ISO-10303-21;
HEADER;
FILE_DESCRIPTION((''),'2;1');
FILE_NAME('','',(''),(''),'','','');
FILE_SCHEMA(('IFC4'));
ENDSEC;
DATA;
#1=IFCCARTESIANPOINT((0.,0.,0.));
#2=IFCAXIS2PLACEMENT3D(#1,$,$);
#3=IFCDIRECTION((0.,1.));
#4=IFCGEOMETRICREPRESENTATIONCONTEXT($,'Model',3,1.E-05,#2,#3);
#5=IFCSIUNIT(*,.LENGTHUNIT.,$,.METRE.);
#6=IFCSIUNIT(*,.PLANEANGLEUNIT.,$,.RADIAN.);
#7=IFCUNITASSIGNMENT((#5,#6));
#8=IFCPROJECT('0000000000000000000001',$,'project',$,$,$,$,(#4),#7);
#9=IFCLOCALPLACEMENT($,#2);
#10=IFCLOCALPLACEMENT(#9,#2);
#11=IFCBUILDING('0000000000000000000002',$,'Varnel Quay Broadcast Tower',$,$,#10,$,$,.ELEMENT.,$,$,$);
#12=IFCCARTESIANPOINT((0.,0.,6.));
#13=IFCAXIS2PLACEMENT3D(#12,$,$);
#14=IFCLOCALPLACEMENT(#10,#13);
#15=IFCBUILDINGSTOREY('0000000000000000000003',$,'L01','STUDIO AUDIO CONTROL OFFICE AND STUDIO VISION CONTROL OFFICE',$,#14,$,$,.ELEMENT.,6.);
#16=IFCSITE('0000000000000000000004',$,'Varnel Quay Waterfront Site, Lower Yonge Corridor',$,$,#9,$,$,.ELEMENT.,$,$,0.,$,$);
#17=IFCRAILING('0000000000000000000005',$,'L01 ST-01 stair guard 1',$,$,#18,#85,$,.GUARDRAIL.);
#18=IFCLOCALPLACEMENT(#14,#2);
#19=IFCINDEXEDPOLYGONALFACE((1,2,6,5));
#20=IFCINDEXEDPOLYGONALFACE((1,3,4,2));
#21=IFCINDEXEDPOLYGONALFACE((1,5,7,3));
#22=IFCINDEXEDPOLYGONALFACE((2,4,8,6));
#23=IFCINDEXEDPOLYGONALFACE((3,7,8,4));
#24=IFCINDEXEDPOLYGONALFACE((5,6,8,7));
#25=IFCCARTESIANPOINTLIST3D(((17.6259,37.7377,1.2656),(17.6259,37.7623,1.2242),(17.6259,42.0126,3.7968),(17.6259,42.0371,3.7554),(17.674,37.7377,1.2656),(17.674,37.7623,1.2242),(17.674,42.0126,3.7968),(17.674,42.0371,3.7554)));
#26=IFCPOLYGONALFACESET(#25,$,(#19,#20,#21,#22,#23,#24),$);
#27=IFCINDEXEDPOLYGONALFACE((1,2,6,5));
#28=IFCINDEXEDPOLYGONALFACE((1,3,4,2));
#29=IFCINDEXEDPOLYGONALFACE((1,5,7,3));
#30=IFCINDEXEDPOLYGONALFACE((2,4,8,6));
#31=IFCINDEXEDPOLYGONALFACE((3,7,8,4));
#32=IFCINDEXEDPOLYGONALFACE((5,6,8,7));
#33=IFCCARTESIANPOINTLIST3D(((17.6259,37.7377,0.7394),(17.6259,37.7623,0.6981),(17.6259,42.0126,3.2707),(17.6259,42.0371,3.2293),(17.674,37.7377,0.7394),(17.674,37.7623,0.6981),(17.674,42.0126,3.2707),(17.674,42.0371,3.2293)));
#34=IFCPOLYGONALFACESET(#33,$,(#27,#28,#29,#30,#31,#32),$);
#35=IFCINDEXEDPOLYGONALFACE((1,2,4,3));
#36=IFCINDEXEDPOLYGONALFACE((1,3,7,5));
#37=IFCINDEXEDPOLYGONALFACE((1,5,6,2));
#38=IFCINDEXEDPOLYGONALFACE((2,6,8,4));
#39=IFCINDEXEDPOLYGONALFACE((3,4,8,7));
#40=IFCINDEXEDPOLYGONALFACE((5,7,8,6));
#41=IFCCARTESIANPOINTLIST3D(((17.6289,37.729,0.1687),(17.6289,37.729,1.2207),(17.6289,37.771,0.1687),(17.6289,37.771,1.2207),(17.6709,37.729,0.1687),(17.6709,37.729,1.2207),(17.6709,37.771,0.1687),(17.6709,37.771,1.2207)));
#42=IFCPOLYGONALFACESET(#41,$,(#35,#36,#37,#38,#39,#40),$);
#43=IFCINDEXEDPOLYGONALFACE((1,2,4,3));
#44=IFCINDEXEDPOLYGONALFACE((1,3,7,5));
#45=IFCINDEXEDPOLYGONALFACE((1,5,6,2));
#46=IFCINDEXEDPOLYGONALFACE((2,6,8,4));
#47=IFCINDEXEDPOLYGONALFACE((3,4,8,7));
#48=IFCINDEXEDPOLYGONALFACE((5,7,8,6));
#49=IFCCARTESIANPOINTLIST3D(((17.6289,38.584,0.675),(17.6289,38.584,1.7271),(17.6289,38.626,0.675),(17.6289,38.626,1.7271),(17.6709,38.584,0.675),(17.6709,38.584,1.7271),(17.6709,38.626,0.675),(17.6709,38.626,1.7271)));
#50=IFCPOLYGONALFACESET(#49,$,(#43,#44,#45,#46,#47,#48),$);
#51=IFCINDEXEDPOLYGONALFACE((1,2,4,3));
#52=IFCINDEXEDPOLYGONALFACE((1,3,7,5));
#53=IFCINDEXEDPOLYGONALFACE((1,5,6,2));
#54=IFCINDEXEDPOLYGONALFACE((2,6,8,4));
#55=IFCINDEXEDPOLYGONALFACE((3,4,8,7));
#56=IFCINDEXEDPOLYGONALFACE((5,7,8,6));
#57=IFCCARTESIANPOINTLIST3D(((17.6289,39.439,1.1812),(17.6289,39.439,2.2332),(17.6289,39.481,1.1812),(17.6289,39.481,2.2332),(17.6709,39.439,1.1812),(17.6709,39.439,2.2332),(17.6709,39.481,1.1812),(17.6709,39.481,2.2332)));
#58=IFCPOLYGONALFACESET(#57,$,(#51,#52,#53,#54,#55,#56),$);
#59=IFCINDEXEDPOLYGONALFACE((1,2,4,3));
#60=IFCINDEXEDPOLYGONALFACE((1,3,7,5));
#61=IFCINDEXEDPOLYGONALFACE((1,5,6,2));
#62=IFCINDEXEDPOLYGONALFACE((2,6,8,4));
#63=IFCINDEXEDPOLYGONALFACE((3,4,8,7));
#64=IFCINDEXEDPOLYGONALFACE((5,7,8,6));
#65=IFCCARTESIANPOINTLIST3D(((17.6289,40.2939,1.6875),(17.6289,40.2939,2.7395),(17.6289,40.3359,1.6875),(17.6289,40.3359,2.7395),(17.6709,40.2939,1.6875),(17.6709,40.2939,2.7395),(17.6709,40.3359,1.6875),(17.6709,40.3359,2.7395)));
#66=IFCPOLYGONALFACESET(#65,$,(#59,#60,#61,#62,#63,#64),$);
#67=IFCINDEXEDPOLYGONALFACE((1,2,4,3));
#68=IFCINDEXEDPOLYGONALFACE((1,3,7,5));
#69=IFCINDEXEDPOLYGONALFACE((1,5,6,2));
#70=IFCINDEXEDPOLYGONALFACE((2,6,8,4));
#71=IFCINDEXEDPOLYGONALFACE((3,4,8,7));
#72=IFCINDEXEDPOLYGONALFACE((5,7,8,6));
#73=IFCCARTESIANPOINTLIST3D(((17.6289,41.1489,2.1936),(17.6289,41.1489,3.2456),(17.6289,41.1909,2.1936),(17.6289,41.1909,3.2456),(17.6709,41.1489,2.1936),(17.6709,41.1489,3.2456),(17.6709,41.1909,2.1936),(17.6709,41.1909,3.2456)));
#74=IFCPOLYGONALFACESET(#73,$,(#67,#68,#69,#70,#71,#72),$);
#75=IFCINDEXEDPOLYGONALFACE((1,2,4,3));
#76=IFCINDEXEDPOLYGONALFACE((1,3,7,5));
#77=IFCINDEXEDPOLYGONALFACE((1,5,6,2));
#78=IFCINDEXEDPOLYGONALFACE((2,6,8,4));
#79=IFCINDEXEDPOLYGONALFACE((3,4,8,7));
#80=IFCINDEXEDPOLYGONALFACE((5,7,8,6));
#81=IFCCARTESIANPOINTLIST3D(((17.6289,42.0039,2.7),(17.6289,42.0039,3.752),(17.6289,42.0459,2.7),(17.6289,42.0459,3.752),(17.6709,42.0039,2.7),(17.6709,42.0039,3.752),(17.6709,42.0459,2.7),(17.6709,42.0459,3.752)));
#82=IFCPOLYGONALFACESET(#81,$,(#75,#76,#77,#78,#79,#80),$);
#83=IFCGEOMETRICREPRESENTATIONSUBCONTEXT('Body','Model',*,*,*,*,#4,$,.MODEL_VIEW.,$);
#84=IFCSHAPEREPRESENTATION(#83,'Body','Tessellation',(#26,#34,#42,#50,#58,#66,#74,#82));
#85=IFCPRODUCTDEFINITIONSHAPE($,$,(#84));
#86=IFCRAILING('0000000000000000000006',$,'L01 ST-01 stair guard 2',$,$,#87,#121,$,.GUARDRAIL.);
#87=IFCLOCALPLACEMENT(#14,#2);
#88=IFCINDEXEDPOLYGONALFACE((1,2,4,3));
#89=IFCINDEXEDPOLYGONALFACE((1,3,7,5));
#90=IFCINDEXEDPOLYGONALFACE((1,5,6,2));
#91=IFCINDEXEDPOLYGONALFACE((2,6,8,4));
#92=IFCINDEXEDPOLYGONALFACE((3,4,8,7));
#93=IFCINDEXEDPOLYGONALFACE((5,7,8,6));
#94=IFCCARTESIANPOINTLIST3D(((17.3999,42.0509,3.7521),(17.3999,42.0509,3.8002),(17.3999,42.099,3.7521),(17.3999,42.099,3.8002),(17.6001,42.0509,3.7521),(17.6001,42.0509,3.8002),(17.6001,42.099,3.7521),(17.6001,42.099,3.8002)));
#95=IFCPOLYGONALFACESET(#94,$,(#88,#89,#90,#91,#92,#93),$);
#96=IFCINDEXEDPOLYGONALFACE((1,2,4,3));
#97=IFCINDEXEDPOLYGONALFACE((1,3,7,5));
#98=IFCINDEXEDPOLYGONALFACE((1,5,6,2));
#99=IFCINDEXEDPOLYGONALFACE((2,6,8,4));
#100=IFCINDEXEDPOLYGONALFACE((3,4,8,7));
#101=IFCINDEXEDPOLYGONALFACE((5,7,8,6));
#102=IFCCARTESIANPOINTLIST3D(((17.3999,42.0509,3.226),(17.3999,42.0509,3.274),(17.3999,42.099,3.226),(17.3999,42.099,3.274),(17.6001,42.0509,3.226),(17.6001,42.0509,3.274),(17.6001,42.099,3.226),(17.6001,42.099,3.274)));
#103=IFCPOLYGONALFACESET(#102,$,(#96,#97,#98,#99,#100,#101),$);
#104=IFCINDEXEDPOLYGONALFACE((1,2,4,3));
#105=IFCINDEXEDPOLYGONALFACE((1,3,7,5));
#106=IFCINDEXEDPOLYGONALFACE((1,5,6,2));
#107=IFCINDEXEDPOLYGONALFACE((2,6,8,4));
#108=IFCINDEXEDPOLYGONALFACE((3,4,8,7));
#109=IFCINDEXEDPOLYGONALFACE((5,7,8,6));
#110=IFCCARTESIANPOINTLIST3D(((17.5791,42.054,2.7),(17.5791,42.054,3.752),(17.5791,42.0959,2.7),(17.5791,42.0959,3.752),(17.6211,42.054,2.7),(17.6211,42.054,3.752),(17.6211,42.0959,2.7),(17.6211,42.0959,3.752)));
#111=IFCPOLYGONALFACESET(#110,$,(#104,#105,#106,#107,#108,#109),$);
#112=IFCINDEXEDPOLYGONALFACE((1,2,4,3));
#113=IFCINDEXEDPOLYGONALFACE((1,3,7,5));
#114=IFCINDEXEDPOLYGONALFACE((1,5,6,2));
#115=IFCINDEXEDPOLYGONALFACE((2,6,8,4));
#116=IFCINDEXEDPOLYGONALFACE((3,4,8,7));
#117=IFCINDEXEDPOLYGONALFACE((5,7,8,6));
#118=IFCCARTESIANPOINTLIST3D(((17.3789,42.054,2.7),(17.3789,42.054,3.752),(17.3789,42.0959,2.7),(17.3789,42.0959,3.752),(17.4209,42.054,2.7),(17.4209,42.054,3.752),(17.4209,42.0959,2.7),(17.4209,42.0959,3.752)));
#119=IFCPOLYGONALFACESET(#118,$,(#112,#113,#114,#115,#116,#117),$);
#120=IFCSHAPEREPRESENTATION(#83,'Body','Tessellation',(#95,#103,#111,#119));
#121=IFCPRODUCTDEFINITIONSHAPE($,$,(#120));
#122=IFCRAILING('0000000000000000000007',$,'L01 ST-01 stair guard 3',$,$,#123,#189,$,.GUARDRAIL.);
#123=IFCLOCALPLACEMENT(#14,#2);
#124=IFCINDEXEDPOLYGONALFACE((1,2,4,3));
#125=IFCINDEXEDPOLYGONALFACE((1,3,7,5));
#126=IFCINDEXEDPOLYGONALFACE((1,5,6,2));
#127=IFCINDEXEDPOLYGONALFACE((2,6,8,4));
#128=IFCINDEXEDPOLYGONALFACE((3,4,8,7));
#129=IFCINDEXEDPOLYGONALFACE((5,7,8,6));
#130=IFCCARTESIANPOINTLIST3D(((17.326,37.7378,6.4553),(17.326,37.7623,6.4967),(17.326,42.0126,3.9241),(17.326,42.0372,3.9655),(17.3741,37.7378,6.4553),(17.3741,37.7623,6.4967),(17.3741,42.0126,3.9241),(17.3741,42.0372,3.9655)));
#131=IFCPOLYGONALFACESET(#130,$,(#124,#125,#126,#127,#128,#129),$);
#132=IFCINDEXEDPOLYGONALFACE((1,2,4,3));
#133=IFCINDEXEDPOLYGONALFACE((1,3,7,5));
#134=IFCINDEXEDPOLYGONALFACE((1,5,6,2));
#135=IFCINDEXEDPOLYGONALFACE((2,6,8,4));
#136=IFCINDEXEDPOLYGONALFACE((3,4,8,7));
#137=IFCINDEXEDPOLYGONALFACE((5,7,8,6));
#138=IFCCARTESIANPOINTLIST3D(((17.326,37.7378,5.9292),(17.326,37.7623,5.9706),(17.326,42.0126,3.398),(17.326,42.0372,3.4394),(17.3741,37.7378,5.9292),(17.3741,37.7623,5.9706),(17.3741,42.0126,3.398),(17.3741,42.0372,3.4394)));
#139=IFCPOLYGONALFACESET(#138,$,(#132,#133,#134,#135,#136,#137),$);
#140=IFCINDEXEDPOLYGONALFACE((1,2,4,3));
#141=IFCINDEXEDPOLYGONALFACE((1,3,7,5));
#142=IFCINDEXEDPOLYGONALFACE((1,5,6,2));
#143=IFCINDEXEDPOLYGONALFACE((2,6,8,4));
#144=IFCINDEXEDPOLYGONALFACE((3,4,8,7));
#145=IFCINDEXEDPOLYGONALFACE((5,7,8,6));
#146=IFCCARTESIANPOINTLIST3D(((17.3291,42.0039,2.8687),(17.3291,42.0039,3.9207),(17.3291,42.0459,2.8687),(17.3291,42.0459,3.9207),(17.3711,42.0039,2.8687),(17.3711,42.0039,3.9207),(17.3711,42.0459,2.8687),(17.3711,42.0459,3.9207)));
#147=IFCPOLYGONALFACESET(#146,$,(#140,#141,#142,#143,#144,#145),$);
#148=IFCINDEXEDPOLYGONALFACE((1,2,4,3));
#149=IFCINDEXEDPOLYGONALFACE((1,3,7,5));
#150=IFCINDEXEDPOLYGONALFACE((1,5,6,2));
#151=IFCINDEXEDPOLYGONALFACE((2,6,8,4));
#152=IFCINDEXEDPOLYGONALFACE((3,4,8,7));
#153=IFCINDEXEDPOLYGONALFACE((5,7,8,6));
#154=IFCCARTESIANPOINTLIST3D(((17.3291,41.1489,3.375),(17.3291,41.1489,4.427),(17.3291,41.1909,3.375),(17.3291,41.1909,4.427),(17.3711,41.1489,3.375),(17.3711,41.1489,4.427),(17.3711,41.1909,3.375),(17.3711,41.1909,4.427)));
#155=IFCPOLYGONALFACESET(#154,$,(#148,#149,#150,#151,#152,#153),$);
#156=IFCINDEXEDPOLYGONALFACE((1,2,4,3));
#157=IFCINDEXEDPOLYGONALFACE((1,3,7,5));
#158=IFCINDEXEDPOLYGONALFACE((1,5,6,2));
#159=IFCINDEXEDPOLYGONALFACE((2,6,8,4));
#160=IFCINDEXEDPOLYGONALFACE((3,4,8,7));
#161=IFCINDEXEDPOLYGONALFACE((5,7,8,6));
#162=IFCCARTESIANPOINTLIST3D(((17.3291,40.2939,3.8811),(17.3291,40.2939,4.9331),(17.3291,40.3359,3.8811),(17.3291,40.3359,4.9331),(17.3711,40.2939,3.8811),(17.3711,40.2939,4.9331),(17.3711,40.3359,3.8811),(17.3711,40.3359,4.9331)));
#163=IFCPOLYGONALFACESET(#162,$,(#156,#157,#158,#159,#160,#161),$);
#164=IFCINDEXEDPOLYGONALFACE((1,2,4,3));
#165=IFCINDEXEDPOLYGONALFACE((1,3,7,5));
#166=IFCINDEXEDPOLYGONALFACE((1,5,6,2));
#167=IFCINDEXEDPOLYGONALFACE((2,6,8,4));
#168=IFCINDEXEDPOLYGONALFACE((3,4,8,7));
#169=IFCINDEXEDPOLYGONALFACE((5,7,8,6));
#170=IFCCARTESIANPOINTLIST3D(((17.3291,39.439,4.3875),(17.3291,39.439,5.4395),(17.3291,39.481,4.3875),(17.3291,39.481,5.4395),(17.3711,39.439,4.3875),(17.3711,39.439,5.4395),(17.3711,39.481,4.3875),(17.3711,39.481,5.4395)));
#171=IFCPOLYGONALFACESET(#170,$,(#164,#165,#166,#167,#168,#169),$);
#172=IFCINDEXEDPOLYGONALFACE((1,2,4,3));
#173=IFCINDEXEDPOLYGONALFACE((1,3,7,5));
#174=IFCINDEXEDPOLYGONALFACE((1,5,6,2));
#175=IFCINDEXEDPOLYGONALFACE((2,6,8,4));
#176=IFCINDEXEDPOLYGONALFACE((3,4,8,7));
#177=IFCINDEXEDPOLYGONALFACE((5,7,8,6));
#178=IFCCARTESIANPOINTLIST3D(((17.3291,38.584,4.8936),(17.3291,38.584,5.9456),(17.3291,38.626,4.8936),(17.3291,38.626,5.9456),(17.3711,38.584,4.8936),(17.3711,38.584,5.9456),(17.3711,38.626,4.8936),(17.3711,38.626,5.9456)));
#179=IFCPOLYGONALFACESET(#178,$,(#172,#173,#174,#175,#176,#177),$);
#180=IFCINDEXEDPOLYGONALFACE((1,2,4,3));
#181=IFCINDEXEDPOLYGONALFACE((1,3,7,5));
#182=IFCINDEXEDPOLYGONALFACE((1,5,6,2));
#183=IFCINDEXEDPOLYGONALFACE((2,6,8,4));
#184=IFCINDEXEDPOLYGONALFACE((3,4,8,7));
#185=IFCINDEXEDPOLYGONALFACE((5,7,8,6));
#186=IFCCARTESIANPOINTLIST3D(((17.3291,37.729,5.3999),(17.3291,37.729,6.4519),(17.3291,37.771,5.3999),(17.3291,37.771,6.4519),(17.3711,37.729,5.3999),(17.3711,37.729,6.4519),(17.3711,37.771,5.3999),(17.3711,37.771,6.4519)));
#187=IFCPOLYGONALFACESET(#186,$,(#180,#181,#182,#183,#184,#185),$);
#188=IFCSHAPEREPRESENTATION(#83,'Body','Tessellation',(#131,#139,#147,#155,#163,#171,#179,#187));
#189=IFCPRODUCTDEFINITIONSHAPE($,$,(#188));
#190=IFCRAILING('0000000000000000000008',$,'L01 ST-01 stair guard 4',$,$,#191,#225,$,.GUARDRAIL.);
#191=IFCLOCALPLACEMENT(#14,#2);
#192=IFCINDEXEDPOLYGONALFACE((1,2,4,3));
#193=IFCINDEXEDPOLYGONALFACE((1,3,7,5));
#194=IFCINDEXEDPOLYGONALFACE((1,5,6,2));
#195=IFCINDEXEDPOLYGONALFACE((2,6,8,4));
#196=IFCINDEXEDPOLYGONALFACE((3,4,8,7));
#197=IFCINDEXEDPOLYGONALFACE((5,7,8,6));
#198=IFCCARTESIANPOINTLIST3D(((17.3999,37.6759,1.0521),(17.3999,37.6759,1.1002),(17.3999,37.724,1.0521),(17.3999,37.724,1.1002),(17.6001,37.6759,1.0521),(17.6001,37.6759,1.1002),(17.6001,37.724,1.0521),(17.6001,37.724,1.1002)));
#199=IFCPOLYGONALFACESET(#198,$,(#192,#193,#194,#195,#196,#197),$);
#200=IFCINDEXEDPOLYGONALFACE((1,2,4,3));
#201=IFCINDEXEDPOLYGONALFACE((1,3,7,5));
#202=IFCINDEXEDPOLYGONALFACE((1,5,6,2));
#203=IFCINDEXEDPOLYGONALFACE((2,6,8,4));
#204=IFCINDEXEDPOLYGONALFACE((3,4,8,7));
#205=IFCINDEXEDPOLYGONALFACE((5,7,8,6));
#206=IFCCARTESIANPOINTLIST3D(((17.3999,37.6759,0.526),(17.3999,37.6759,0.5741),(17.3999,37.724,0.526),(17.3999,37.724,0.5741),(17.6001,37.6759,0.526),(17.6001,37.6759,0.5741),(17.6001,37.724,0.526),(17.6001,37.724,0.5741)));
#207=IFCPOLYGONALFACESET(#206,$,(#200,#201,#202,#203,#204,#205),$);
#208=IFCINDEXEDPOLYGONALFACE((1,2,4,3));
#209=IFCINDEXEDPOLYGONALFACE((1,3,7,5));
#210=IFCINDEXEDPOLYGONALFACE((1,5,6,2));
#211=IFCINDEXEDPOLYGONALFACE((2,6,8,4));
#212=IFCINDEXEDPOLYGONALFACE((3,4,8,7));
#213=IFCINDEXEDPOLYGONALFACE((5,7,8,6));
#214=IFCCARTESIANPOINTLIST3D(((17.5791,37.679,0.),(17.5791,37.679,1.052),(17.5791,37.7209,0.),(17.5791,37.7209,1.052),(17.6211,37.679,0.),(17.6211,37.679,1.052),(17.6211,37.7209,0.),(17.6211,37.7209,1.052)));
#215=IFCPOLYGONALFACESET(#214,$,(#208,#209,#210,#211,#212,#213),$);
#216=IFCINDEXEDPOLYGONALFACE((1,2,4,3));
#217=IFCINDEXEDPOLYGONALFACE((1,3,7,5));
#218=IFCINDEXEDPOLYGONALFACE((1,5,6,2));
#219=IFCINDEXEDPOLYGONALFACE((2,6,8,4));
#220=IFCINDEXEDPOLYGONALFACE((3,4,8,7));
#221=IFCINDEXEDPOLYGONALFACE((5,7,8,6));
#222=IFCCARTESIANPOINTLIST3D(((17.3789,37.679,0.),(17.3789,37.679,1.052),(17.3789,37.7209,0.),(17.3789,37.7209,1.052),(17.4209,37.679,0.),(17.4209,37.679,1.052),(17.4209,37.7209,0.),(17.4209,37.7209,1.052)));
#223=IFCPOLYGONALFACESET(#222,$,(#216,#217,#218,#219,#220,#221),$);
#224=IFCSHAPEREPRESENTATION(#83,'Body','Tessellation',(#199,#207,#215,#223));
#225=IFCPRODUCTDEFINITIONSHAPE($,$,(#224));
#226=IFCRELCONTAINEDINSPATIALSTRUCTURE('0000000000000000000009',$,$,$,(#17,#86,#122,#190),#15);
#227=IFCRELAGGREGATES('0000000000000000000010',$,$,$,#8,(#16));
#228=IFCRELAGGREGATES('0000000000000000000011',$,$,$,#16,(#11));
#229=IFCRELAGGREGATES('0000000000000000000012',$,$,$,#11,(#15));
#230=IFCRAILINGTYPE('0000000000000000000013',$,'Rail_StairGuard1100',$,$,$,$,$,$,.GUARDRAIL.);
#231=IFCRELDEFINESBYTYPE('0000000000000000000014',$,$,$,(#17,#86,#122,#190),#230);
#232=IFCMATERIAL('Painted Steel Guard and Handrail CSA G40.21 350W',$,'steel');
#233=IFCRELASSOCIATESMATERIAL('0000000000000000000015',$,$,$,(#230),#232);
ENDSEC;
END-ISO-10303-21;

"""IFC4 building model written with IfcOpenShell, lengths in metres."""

from ifc_helpers import new_model, si_unit, direction, frame, origin, origin_2d, place, context, subcontext, project, spatial, rectangle, extrude, material, type_object, element, save


model = new_model("IFC4")

# Units and contexts
model_context = context("Model", 3, precision=1e-05, world=origin(), true_north=direction((0.0, 1.0)))
body_context = subcontext(model_context, "Body", "Model", "MODEL_VIEW")
ifc_project = project(units=[si_unit("LENGTHUNIT", "METRE"), si_unit("PLANEANGLEUNIT", "RADIAN")], contexts=[model_context])

# Site, building, storey
site_placement = place(None, origin())
site = spatial("IfcSite", under=ifc_project, at=site_placement, Name="Varnel Quay Waterfront Site, Lower Yonge Corridor", CompositionType="ELEMENT", RefElevation=0.0)
building_placement = place(site_placement, origin())
building = spatial("IfcBuilding", under=site, at=building_placement, Name="Varnel Quay Broadcast Tower", CompositionType="ELEMENT")
storey_placement = place(building_placement, frame((0.0, 0.0, 6.0)))
storey = spatial("IfcBuildingStorey", under=building, at=storey_placement, Name="L01", Description="STUDIO AUDIO CONTROL OFFICE AND STUDIO VISION CONTROL OFFICE", CompositionType="ELEMENT", Elevation=6.0)

# Railings
ifc_material_1 = material(Name="Painted Steel Guard and Handrail CSA G40.21 350W", Category="steel")
railing_type_1 = type_object("IfcRailingType", Name="Rail_StairGuard1100", PredefinedType="GUARDRAIL", material=ifc_material_1)
railing_1_placement = place(storey_placement, frame((17.6499, 37.75, 0.1687)))
element("IfcRailing", 1, at=railing_1_placement, inside=storey, type_object=railing_type_1, Name="L01 ST-01 stair guard 1", PredefinedType="GUARDRAIL", context=body_context, shape_type="SweptSolid", body=[
    extrude(rectangle(XDim=0.0481, YDim=0.0481, at=origin_2d()), frame((0.0, 0.0, 1.0762), z_axis=(0.0, 0.86047, 0.509501), x_axis=(-1.0, 0.0, 0.0)), (0.0, 0.0, 1.0), 4.968),
    extrude(rectangle(XDim=0.0481, YDim=0.0481, at=origin_2d()), frame((0.0, 0.0, 0.55), z_axis=(0.0, 0.86047, 0.509501), x_axis=(-1.0, 0.0, 0.0)), (0.0, 0.0, 1.0), 4.968),
    extrude(rectangle(XDim=0.042, YDim=0.042, at=origin_2d()), origin(), (0.0, 0.0, 1.0), 1.052),
    extrude(rectangle(XDim=0.042, YDim=0.042, at=origin_2d()), frame((0.0, 0.855, 0.5063)), (0.0, 0.0, 1.0), 1.052),
    extrude(rectangle(XDim=0.042, YDim=0.042, at=origin_2d()), frame((0.0, 1.71, 1.0125)), (0.0, 0.0, 1.0), 1.052),
    extrude(rectangle(XDim=0.042, YDim=0.042, at=origin_2d()), frame((0.0, 2.5649, 1.5188)), (0.0, 0.0, 1.0), 1.052),
    extrude(rectangle(XDim=0.042, YDim=0.042, at=origin_2d()), frame((0.0, 3.4199, 2.0249)), (0.0, 0.0, 1.0), 1.052),
    extrude(rectangle(XDim=0.042, YDim=0.042, at=origin_2d()), frame((0.0, 4.2749, 2.5312)), (0.0, 0.0, 1.0), 1.052),
])
railing_2_placement = place(storey_placement, frame((17.6001, 42.075, 2.7)))
element("IfcRailing", 2, at=railing_2_placement, inside=storey, type_object=railing_type_1, Name="L01 ST-01 stair guard 2", PredefinedType="GUARDRAIL", context=body_context, shape_type="SweptSolid", body=[
    extrude(rectangle(XDim=0.0481, YDim=0.0481, at=origin_2d()), frame((0.0, 0.0, 1.0762), z_axis=(-1.0, 0.0, 0.0), x_axis=(0.0, -1.0, 0.0)), (0.0, 0.0, 1.0), 0.2002),
    extrude(rectangle(XDim=0.0481, YDim=0.0481, at=origin_2d()), frame((0.0, 0.0, 0.55), z_axis=(-1.0, 0.0, 0.0), x_axis=(0.0, -1.0, 0.0)), (0.0, 0.0, 1.0), 0.2002),
    extrude(rectangle(XDim=0.042, YDim=0.042, at=origin_2d()), origin(), (0.0, 0.0, 1.0), 1.052),
    extrude(rectangle(XDim=0.042, YDim=0.042, at=origin_2d()), frame((-0.2002, 0.0, 0.0)), (0.0, 0.0, 1.0), 1.052),
])
railing_3_placement = place(storey_placement, frame((17.3501, 42.0249, 2.8687)))
element("IfcRailing", 3, at=railing_3_placement, inside=storey, type_object=railing_type_1, Name="L01 ST-01 stair guard 3", PredefinedType="GUARDRAIL", context=body_context, shape_type="SweptSolid", body=[
    extrude(rectangle(XDim=0.0481, YDim=0.0481, at=origin_2d()), frame((0.0, 0.0, 1.0762), z_axis=(0.0, -0.86047, 0.509501), x_axis=(1.0, 0.0, 0.0)), (0.0, 0.0, 1.0), 4.968),
    extrude(rectangle(XDim=0.0481, YDim=0.0481, at=origin_2d()), frame((0.0, 0.0, 0.55), z_axis=(0.0, -0.86047, 0.509501), x_axis=(1.0, 0.0, 0.0)), (0.0, 0.0, 1.0), 4.968),
    extrude(rectangle(XDim=0.042, YDim=0.042, at=origin_2d()), origin(), (0.0, 0.0, 1.0), 1.052),
    extrude(rectangle(XDim=0.042, YDim=0.042, at=origin_2d()), frame((0.0, -0.855, 0.5063)), (0.0, 0.0, 1.0), 1.052),
    extrude(rectangle(XDim=0.042, YDim=0.042, at=origin_2d()), frame((0.0, -1.71, 1.0125)), (0.0, 0.0, 1.0), 1.052),
    extrude(rectangle(XDim=0.042, YDim=0.042, at=origin_2d()), frame((0.0, -2.5649, 1.5188)), (0.0, 0.0, 1.0), 1.052),
    extrude(rectangle(XDim=0.042, YDim=0.042, at=origin_2d()), frame((0.0, -3.4199, 2.0249)), (0.0, 0.0, 1.0), 1.052),
    extrude(rectangle(XDim=0.042, YDim=0.042, at=origin_2d()), frame((0.0, -4.2749, 2.5312)), (0.0, 0.0, 1.0), 1.052),
])
railing_4_placement = place(storey_placement, frame((17.6001, 37.7, 0.0)))
element("IfcRailing", 4, at=railing_4_placement, inside=storey, type_object=railing_type_1, Name="L01 ST-01 stair guard 4", PredefinedType="GUARDRAIL", context=body_context, shape_type="SweptSolid", body=[
    extrude(rectangle(XDim=0.0481, YDim=0.0481, at=origin_2d()), frame((0.0, 0.0, 1.0762), z_axis=(-1.0, 0.0, 0.0), x_axis=(0.0, -1.0, 0.0)), (0.0, 0.0, 1.0), 0.2002),
    extrude(rectangle(XDim=0.0481, YDim=0.0481, at=origin_2d()), frame((0.0, 0.0, 0.55), z_axis=(-1.0, 0.0, 0.0), x_axis=(0.0, -1.0, 0.0)), (0.0, 0.0, 1.0), 0.2002),
    extrude(rectangle(XDim=0.042, YDim=0.042, at=origin_2d()), origin(), (0.0, 0.0, 1.0), 1.052),
    extrude(rectangle(XDim=0.042, YDim=0.042, at=origin_2d()), frame((-0.2002, 0.0, 0.0)), (0.0, 0.0, 1.0), 1.052),
])

save(model, "model.ifc")
